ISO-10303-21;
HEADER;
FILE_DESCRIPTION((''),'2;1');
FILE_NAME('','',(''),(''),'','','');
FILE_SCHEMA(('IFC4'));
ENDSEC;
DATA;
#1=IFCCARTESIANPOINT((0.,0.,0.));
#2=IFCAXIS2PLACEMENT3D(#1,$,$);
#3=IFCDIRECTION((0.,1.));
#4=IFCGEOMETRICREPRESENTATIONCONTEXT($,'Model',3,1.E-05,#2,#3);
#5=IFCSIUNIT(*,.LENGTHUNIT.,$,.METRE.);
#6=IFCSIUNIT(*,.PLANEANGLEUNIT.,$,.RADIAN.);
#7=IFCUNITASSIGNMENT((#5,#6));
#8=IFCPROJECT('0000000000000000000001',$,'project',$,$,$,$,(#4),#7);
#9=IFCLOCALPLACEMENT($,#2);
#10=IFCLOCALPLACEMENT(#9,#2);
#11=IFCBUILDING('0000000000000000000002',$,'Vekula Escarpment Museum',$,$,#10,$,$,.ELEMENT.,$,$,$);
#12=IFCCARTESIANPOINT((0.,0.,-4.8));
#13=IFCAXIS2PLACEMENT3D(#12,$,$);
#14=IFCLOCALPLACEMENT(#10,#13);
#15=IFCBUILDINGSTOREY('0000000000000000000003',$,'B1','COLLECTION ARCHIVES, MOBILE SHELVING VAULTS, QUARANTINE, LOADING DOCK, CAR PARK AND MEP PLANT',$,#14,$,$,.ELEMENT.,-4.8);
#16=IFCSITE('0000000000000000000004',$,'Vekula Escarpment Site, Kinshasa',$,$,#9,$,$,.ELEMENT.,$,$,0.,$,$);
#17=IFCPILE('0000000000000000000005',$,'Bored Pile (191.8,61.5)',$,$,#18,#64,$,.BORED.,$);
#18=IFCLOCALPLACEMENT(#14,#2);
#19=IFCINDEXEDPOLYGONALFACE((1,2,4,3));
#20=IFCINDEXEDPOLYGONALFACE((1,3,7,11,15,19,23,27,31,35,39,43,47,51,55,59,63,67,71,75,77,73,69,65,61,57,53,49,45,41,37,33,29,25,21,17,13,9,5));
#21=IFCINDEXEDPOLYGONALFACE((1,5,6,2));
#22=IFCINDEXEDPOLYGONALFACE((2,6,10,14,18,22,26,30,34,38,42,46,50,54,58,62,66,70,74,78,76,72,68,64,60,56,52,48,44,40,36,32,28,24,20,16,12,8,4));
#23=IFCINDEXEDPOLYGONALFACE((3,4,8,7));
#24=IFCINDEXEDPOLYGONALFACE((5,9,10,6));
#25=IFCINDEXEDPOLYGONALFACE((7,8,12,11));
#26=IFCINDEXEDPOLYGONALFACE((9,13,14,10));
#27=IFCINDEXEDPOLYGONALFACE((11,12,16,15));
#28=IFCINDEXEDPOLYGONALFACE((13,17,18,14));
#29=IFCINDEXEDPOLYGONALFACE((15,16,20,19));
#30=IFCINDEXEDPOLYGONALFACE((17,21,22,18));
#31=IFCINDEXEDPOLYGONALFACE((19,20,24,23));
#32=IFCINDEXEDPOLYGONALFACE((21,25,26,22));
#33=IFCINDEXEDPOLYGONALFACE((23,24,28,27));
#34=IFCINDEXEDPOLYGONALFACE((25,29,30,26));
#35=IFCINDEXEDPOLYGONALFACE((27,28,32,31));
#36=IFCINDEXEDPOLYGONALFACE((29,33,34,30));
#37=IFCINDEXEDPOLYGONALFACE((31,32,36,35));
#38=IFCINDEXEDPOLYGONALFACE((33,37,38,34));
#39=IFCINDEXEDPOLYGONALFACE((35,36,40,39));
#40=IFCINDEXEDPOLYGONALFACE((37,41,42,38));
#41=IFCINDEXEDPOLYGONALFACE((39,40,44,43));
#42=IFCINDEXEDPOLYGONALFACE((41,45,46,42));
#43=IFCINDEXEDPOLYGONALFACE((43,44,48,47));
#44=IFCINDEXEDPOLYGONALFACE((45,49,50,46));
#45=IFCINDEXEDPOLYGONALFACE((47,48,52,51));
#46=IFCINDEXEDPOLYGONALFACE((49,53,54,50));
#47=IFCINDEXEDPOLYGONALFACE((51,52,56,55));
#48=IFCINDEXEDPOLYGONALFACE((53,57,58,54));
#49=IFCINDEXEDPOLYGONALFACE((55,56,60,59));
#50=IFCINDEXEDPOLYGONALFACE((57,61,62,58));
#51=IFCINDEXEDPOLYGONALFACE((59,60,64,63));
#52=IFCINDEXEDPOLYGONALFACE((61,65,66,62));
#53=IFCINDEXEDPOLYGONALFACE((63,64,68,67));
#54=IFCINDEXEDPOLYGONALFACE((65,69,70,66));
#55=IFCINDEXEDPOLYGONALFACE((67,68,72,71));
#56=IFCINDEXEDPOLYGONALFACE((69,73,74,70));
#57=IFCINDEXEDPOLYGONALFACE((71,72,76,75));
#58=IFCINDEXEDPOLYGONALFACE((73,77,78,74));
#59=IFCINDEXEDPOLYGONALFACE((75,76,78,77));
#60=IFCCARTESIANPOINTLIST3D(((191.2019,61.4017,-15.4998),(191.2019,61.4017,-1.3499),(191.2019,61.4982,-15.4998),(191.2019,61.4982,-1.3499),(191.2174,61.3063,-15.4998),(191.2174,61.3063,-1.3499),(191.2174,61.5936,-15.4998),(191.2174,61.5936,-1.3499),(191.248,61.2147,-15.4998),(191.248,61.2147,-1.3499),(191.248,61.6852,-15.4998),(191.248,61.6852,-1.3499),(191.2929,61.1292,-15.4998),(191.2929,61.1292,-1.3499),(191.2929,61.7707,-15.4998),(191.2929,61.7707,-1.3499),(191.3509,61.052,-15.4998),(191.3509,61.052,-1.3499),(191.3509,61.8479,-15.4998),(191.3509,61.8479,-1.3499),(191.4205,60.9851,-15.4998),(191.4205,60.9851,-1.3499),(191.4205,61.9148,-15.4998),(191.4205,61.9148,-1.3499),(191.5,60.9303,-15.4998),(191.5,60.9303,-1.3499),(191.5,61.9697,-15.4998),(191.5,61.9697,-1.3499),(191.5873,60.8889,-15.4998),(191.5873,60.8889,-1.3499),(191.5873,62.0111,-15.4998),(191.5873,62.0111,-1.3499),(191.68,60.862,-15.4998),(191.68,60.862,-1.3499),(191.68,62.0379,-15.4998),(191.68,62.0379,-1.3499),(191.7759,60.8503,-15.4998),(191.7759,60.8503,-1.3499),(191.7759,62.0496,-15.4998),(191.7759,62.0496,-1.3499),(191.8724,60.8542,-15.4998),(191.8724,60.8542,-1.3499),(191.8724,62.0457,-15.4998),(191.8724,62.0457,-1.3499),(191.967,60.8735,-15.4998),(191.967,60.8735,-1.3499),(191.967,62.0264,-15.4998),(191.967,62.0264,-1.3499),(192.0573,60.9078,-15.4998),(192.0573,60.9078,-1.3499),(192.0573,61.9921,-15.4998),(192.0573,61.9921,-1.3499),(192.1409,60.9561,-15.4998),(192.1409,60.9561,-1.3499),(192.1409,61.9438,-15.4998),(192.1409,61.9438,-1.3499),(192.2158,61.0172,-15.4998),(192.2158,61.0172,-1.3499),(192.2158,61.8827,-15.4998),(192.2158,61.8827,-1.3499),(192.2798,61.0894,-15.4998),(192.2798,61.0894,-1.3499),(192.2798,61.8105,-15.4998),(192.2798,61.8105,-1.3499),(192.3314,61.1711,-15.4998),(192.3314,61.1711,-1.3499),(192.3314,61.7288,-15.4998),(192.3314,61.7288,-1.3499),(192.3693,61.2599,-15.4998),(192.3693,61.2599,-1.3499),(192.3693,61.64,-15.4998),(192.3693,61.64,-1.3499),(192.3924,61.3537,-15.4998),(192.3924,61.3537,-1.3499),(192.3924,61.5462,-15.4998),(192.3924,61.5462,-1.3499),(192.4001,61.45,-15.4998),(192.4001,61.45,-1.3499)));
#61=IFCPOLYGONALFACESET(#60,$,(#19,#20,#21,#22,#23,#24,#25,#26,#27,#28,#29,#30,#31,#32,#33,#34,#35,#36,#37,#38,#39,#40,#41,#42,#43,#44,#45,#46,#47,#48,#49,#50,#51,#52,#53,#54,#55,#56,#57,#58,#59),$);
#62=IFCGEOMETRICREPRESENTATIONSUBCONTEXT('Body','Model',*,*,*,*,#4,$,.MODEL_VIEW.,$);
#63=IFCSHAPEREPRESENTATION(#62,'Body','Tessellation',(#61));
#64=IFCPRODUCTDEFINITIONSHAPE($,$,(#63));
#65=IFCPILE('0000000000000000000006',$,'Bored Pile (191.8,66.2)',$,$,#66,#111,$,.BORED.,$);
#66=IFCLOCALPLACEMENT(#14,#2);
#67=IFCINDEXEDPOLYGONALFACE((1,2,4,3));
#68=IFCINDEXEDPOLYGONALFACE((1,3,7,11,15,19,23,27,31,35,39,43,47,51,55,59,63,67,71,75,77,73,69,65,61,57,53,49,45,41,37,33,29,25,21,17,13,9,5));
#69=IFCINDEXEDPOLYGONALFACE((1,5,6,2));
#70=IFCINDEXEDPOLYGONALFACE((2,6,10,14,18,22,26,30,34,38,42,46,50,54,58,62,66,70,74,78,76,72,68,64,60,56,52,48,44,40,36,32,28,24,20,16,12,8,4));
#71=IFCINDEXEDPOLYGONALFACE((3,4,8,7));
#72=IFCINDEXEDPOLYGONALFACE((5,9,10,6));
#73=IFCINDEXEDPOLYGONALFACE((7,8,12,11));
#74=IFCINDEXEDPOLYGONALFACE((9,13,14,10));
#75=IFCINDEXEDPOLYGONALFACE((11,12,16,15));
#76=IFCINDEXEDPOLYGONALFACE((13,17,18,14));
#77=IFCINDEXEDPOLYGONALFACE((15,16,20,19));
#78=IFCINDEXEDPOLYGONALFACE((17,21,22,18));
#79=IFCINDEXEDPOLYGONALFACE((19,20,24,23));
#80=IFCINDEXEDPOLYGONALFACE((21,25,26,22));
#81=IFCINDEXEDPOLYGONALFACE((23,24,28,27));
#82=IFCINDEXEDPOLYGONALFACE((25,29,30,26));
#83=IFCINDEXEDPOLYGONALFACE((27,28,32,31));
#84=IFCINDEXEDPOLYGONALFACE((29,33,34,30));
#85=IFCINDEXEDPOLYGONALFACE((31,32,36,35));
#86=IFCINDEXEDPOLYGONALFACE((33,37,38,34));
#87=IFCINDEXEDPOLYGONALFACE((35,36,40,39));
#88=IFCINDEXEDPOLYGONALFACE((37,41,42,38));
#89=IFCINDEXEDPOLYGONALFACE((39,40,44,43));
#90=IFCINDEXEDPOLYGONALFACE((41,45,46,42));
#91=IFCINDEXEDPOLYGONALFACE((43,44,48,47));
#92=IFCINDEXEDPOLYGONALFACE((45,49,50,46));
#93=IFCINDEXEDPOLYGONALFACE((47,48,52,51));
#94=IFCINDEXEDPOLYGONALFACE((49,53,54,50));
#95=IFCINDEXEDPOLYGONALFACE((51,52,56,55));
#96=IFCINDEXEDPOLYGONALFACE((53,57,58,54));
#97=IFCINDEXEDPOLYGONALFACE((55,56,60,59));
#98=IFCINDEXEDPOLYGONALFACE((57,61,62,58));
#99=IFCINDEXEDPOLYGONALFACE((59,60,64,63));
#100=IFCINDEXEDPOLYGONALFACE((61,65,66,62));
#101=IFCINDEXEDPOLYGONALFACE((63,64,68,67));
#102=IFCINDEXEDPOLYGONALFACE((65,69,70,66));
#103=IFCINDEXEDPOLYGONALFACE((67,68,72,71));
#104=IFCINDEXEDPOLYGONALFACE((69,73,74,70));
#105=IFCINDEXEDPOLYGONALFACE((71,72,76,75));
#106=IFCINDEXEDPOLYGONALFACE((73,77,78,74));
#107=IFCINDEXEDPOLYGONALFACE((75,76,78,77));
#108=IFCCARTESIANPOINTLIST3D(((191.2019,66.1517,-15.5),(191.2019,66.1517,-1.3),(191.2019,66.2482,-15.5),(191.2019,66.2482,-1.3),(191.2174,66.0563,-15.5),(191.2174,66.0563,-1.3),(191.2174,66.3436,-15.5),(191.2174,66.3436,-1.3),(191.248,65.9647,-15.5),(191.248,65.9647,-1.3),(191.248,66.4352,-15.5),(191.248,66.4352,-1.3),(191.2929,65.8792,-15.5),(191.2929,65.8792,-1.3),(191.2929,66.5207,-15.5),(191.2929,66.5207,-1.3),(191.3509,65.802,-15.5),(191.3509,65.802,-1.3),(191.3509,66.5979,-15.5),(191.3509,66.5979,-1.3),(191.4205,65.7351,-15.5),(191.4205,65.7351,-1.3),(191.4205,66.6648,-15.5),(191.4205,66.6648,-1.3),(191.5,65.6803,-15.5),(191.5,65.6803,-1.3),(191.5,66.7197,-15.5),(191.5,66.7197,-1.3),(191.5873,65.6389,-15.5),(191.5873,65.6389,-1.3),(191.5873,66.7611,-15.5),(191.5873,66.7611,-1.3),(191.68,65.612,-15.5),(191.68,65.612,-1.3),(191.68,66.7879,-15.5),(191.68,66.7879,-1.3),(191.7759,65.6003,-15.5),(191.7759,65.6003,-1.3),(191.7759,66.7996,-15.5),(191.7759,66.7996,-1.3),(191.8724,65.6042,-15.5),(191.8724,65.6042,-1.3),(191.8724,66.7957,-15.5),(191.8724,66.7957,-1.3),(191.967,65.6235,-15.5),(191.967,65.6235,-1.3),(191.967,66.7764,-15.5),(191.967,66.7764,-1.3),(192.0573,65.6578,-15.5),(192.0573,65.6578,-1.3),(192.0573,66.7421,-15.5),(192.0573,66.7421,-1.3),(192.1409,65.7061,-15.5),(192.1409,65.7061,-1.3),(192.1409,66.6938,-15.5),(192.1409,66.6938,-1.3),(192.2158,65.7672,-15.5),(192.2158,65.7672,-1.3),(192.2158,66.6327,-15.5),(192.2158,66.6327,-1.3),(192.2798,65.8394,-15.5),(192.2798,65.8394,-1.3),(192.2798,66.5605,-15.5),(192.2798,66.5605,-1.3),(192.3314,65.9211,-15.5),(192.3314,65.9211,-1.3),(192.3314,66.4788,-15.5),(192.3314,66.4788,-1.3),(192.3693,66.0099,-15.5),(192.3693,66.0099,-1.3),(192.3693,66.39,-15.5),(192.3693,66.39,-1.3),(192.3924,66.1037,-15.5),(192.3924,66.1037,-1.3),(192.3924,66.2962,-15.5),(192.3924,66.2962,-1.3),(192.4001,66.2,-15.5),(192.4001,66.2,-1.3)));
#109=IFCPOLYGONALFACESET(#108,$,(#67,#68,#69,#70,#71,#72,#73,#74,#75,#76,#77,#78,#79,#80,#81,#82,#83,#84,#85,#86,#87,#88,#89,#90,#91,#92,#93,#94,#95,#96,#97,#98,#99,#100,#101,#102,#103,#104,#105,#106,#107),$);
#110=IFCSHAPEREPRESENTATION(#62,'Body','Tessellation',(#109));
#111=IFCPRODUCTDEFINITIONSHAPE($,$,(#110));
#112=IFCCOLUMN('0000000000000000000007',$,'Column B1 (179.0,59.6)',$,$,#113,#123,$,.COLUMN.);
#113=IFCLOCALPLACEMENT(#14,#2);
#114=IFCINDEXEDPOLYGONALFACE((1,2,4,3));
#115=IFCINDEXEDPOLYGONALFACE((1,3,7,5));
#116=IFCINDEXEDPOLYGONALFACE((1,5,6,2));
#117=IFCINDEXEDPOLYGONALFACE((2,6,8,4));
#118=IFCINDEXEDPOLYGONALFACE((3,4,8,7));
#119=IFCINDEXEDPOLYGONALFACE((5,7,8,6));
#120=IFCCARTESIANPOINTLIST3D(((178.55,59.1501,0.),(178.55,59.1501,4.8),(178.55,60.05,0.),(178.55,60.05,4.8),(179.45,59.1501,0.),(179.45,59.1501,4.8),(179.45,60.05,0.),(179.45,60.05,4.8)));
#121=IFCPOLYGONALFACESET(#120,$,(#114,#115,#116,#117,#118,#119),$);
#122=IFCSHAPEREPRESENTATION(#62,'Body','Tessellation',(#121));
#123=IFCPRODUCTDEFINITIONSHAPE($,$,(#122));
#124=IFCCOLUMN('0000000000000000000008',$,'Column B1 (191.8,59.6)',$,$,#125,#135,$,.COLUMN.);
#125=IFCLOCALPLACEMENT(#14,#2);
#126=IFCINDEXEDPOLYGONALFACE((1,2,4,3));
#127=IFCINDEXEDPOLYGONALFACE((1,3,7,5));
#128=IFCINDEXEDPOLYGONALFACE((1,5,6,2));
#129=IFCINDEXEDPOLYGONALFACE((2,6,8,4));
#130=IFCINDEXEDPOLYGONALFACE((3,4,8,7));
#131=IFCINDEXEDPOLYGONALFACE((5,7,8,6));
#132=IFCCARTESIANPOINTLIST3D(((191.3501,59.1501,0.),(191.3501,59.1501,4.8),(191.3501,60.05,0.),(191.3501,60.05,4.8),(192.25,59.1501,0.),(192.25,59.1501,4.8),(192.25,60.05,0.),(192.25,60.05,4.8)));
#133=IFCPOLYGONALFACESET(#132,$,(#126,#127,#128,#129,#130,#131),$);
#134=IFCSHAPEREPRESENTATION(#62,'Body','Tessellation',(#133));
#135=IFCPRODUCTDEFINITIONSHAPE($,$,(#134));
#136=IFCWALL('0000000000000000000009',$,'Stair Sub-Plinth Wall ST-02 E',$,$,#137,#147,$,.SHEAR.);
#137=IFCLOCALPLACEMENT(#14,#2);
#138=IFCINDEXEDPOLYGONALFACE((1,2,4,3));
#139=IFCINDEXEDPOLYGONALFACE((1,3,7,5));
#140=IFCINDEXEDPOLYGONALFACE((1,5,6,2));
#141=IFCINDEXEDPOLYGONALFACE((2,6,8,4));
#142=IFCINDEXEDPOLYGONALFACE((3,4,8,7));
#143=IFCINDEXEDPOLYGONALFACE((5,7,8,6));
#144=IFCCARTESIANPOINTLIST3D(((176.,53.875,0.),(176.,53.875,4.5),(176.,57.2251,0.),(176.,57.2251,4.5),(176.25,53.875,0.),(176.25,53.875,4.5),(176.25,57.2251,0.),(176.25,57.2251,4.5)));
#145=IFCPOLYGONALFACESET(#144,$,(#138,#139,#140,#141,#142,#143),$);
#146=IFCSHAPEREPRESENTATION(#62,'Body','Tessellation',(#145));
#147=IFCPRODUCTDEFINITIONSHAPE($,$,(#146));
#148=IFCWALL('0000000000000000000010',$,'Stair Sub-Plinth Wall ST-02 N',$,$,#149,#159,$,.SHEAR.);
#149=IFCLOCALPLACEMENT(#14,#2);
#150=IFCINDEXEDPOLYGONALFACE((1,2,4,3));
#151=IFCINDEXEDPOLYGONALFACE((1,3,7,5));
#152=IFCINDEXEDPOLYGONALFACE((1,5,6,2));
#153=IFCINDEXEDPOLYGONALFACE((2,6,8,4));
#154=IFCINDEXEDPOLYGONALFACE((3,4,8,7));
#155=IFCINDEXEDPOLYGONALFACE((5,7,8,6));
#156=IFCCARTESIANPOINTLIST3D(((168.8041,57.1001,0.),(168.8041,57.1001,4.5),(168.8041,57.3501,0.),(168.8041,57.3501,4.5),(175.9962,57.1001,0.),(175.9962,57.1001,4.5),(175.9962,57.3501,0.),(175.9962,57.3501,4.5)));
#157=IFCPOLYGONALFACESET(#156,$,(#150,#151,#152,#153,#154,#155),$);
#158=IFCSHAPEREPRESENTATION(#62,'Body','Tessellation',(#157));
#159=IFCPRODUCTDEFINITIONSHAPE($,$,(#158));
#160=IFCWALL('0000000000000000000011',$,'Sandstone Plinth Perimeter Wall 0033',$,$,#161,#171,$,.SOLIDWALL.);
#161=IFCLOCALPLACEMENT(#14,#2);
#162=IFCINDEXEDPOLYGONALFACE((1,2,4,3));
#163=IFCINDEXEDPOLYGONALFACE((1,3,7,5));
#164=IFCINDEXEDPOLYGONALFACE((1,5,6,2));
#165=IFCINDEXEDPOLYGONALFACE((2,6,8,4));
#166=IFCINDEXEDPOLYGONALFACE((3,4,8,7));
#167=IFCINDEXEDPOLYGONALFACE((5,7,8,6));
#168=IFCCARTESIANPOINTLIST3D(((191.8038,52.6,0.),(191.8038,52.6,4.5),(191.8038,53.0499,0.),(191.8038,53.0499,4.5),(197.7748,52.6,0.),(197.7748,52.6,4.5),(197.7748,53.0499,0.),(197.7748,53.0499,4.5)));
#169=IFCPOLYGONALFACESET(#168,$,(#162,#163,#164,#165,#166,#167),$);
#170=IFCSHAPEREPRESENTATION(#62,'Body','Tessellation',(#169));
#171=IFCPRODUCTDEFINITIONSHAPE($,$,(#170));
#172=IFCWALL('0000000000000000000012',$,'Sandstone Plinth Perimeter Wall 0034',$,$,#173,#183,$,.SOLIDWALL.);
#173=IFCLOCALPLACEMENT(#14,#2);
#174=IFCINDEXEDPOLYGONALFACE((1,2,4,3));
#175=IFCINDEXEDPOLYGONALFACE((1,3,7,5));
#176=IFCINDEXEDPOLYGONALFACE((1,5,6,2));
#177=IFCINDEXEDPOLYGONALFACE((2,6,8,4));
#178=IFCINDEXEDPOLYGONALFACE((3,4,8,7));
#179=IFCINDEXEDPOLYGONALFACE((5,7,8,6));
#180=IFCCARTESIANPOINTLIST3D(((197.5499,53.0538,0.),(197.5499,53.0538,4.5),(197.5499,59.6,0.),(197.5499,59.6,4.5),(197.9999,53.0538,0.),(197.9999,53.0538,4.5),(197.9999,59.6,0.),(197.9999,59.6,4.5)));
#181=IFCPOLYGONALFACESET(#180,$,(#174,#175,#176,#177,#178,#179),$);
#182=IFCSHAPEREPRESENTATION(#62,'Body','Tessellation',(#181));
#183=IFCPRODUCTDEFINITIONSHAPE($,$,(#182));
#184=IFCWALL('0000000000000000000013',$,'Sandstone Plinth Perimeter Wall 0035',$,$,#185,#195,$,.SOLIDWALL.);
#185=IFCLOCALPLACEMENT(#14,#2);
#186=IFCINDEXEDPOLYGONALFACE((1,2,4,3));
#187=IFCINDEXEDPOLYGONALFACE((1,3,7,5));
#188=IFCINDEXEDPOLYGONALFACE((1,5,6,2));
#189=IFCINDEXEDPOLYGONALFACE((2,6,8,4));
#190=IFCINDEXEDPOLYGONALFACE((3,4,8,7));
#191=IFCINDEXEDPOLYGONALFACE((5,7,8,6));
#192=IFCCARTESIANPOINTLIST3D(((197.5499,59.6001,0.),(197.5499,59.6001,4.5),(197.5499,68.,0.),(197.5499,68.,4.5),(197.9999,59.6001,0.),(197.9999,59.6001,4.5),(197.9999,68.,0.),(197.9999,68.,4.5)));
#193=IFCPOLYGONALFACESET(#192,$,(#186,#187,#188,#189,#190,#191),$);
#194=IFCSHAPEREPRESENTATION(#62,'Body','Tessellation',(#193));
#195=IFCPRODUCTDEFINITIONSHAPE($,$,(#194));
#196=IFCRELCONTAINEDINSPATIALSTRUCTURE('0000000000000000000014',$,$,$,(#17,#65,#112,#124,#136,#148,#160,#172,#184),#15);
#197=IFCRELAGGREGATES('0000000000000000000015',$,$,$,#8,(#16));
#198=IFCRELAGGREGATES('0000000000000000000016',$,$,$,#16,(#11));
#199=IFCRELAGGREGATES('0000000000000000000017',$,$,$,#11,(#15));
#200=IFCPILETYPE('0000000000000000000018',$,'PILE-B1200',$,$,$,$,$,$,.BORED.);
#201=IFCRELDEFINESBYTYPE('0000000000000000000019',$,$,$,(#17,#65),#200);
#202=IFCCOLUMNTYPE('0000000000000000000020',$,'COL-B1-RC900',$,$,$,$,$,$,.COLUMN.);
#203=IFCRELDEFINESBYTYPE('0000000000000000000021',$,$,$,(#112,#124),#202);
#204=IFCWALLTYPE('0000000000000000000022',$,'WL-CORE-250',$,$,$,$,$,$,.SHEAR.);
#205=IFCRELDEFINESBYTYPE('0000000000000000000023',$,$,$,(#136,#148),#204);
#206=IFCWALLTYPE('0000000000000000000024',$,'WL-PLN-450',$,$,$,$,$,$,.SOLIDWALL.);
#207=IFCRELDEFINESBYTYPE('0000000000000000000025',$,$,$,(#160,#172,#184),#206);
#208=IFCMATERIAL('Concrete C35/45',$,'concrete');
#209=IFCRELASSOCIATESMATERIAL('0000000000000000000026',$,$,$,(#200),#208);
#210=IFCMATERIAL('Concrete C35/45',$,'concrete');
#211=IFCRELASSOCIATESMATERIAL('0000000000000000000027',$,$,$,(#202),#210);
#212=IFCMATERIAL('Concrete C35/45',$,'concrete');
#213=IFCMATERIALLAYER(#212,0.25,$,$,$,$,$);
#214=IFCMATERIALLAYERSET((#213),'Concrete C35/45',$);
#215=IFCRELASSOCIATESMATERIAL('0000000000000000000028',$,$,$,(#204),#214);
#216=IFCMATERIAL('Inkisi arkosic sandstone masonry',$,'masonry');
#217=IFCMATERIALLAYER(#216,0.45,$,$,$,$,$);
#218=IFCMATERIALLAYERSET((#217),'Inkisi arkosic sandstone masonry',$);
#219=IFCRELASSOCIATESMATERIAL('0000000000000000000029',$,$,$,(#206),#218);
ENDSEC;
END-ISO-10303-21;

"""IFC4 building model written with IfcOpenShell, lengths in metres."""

from ifc_helpers import new_model, si_unit, direction, frame, frame_2d, origin, origin_2d, place, context, subcontext, project, spatial, rectangle, circle, extrude, material, layer, layer_set, material_profile, profile_set, type_object, element, save


model = new_model("IFC4")

# Units and contexts
model_context = context("Model", 3, precision=1e-05, world=origin(), true_north=direction((0.0, 1.0)))
body_context = subcontext(model_context, "Body", "Model", "MODEL_VIEW")
ifc_project = project(units=[si_unit("LENGTHUNIT", "METRE"), si_unit("PLANEANGLEUNIT", "RADIAN")], contexts=[model_context])

# Site, building, storey
site_placement = place(None, origin())
site = spatial("IfcSite", under=ifc_project, at=site_placement, Name="Vekula Escarpment Site, Kinshasa", CompositionType="ELEMENT", RefElevation=0.0)
building_placement = place(site_placement, origin())
building = spatial("IfcBuilding", under=site, at=building_placement, Name="Vekula Escarpment Museum", CompositionType="ELEMENT")
storey_placement = place(building_placement, frame((0.0, 0.0, -4.8)))
storey = spatial("IfcBuildingStorey", under=building, at=storey_placement, Name="B1", Description="COLLECTION ARCHIVES, MOBILE SHELVING VAULTS, QUARANTINE, LOADING DOCK, CAR PARK AND MEP PLANT", CompositionType="ELEMENT", Elevation=-4.8)

# Piles
ifc_material_1 = material(Name="Concrete C35/45", Category="concrete")
ifc_material_profile_1 = material_profile(ifc_material_1, circle(Radius=0.6001, at=origin_2d()), Name="BORED PILE 1200")
ifc_profile_set_1 = profile_set([ifc_material_profile_1], Name="Concrete C35/45")
pile_type = type_object("IfcPileType", Name="PILE-B1200", PredefinedType="BORED", material=ifc_profile_set_1)
for number, where, z_axis, x_axis, name in (
    (1, (191.8, 61.45, -1.3499), (0.0, 0.0, -1.0), (1.0, 0.0, 0.0), "Bored Pile (191.8,61.5)"),
):
    element("IfcPile", number, at=place(storey_placement, frame(where, z_axis=z_axis, x_axis=x_axis)), inside=storey, type_object=pile_type, Name=name, PredefinedType="BORED", context=body_context, shape_type="SweptSolid", body=[
        extrude(circle(Radius=0.6001, at=origin_2d()), origin(), (0.0, 0.0, 1.0), 14.1499),
    ])
pile_1_placement = place(storey_placement, frame((191.8, 66.2, -1.3), z_axis=(0.0, 0.0, -1.0), x_axis=(1.0, 0.0, 0.0)))
element("IfcPile", 2, at=pile_1_placement, inside=storey, type_object=pile_type, Name="Bored Pile (191.8,66.2)", PredefinedType="BORED", context=body_context, shape_type="SweptSolid", body=[
    extrude(circle(Radius=0.6001, at=origin_2d()), origin(), (0.0, 0.0, 1.0), 14.2),
])

# Columns
ifc_material_2 = material(Name="Concrete C35/45", Category="concrete")
ifc_material_profile_2 = material_profile(ifc_material_2, rectangle(XDim=0.8999, YDim=0.8999, at=origin_2d()), Name="RC 900x900")
ifc_profile_set_2 = profile_set([ifc_material_profile_2], Name="Concrete C35/45")
column_type = type_object("IfcColumnType", Name="COL-B1-RC900", PredefinedType="COLUMN", material=ifc_profile_set_2)
for number, where, z_axis, x_axis, name in (
    (3, (179.0, 59.6001, 0.0), (0.0, 0.0, 1.0), (1.0, 0.0, 0.0), "Column B1 (179.0,59.6)"),
    (4, (191.8, 59.6001, 0.0), (0.0, 0.0, 1.0), (1.0, 0.0, 0.0), "Column B1 (191.8,59.6)"),
):
    element("IfcColumn", number, at=place(storey_placement, frame(where, z_axis=z_axis, x_axis=x_axis)), inside=storey, type_object=column_type, Name=name, PredefinedType="COLUMN", context=body_context, shape_type="SweptSolid", body=[
        extrude(rectangle(XDim=0.8999, YDim=0.8999, at=origin_2d()), origin(), (0.0, 0.0, 1.0), 4.8),
    ])

# Walls
ifc_material_3 = material(Name="Concrete C35/45", Category="concrete")
ifc_layer_1 = layer(ifc_material_3, 0.25)
ifc_layer_set_1 = layer_set([ifc_layer_1], Name="Concrete C35/45")
wall_type_1 = type_object("IfcWallType", Name="WL-CORE-250", PredefinedType="SHEAR", material=ifc_layer_set_1)
wall_1_placement = place(storey_placement, frame((176.125, 53.875, 0.0), z_axis=(0.0, 0.0, 1.0), x_axis=(0.0, 1.0, 0.0)))
element("IfcWall", 5, at=wall_1_placement, inside=storey, type_object=wall_type_1, Name="Stair Sub-Plinth Wall ST-02 E", PredefinedType="SHEAR", context=body_context, shape_type="SweptSolid", body=[
    extrude(rectangle(XDim=3.3501, YDim=0.25, at=frame_2d((1.675, 0.0))), origin(), (0.0, 0.0, 1.0), 4.5),
])
wall_2_placement = place(storey_placement, frame((168.804, 57.2251, 0.0), z_axis=(0.0, 0.0, 1.0), x_axis=(1.0, 0.0, 0.0)))
element("IfcWall", 6, at=wall_2_placement, inside=storey, type_object=wall_type_1, Name="Stair Sub-Plinth Wall ST-02 N", PredefinedType="SHEAR", context=body_context, shape_type="SweptSolid", body=[
    extrude(rectangle(XDim=7.1921, YDim=0.25, at=frame_2d((3.5962, 0.0))), origin(), (0.0, 0.0, 1.0), 4.5),
])
ifc_material_4 = material(Name="Inkisi arkosic sandstone masonry", Category="masonry")
ifc_layer_2 = layer(ifc_material_4, 0.45)
ifc_layer_set_2 = layer_set([ifc_layer_2], Name="Inkisi arkosic sandstone masonry")
wall_type_2 = type_object("IfcWallType", Name="WL-PLN-450", PredefinedType="SOLIDWALL", material=ifc_layer_set_2)
wall_3_placement = place(storey_placement, frame((191.804, 52.825, 0.0), z_axis=(0.0, 0.0, 1.0), x_axis=(1.0, 0.0, 0.0)))
element("IfcWall", 7, at=wall_3_placement, inside=storey, type_object=wall_type_2, Name="Sandstone Plinth Perimeter Wall 0033", PredefinedType="SOLIDWALL", context=body_context, shape_type="SweptSolid", body=[
    extrude(rectangle(XDim=5.9709, YDim=0.45, at=frame_2d((2.9854, 0.0))), origin(), (0.0, 0.0, 1.0), 4.5),
])
wall_4_placement = place(storey_placement, frame((197.7749, 53.054, 0.0), z_axis=(0.0, 0.0, 1.0), x_axis=(0.0, 1.0, 0.0)))
element("IfcWall", 8, at=wall_4_placement, inside=storey, type_object=wall_type_2, Name="Sandstone Plinth Perimeter Wall 0034", PredefinedType="SOLIDWALL", context=body_context, shape_type="SweptSolid", body=[
    extrude(rectangle(XDim=6.5461, YDim=0.45, at=frame_2d((3.2729, 0.0))), origin(), (0.0, 0.0, 1.0), 4.5),
])
wall_5_placement = place(storey_placement, frame((197.7749, 59.6001, 0.0), z_axis=(0.0, 0.0, 1.0), x_axis=(0.0, 1.0, 0.0)))
element("IfcWall", 9, at=wall_5_placement, inside=storey, type_object=wall_type_2, Name="Sandstone Plinth Perimeter Wall 0035", PredefinedType="SOLIDWALL", context=body_context, shape_type="SweptSolid", body=[
    extrude(rectangle(XDim=8.3999, YDim=0.45, at=frame_2d((4.2, 0.0))), origin(), (0.0, 0.0, 1.0), 4.5),
])

save(model, "model.ifc")
